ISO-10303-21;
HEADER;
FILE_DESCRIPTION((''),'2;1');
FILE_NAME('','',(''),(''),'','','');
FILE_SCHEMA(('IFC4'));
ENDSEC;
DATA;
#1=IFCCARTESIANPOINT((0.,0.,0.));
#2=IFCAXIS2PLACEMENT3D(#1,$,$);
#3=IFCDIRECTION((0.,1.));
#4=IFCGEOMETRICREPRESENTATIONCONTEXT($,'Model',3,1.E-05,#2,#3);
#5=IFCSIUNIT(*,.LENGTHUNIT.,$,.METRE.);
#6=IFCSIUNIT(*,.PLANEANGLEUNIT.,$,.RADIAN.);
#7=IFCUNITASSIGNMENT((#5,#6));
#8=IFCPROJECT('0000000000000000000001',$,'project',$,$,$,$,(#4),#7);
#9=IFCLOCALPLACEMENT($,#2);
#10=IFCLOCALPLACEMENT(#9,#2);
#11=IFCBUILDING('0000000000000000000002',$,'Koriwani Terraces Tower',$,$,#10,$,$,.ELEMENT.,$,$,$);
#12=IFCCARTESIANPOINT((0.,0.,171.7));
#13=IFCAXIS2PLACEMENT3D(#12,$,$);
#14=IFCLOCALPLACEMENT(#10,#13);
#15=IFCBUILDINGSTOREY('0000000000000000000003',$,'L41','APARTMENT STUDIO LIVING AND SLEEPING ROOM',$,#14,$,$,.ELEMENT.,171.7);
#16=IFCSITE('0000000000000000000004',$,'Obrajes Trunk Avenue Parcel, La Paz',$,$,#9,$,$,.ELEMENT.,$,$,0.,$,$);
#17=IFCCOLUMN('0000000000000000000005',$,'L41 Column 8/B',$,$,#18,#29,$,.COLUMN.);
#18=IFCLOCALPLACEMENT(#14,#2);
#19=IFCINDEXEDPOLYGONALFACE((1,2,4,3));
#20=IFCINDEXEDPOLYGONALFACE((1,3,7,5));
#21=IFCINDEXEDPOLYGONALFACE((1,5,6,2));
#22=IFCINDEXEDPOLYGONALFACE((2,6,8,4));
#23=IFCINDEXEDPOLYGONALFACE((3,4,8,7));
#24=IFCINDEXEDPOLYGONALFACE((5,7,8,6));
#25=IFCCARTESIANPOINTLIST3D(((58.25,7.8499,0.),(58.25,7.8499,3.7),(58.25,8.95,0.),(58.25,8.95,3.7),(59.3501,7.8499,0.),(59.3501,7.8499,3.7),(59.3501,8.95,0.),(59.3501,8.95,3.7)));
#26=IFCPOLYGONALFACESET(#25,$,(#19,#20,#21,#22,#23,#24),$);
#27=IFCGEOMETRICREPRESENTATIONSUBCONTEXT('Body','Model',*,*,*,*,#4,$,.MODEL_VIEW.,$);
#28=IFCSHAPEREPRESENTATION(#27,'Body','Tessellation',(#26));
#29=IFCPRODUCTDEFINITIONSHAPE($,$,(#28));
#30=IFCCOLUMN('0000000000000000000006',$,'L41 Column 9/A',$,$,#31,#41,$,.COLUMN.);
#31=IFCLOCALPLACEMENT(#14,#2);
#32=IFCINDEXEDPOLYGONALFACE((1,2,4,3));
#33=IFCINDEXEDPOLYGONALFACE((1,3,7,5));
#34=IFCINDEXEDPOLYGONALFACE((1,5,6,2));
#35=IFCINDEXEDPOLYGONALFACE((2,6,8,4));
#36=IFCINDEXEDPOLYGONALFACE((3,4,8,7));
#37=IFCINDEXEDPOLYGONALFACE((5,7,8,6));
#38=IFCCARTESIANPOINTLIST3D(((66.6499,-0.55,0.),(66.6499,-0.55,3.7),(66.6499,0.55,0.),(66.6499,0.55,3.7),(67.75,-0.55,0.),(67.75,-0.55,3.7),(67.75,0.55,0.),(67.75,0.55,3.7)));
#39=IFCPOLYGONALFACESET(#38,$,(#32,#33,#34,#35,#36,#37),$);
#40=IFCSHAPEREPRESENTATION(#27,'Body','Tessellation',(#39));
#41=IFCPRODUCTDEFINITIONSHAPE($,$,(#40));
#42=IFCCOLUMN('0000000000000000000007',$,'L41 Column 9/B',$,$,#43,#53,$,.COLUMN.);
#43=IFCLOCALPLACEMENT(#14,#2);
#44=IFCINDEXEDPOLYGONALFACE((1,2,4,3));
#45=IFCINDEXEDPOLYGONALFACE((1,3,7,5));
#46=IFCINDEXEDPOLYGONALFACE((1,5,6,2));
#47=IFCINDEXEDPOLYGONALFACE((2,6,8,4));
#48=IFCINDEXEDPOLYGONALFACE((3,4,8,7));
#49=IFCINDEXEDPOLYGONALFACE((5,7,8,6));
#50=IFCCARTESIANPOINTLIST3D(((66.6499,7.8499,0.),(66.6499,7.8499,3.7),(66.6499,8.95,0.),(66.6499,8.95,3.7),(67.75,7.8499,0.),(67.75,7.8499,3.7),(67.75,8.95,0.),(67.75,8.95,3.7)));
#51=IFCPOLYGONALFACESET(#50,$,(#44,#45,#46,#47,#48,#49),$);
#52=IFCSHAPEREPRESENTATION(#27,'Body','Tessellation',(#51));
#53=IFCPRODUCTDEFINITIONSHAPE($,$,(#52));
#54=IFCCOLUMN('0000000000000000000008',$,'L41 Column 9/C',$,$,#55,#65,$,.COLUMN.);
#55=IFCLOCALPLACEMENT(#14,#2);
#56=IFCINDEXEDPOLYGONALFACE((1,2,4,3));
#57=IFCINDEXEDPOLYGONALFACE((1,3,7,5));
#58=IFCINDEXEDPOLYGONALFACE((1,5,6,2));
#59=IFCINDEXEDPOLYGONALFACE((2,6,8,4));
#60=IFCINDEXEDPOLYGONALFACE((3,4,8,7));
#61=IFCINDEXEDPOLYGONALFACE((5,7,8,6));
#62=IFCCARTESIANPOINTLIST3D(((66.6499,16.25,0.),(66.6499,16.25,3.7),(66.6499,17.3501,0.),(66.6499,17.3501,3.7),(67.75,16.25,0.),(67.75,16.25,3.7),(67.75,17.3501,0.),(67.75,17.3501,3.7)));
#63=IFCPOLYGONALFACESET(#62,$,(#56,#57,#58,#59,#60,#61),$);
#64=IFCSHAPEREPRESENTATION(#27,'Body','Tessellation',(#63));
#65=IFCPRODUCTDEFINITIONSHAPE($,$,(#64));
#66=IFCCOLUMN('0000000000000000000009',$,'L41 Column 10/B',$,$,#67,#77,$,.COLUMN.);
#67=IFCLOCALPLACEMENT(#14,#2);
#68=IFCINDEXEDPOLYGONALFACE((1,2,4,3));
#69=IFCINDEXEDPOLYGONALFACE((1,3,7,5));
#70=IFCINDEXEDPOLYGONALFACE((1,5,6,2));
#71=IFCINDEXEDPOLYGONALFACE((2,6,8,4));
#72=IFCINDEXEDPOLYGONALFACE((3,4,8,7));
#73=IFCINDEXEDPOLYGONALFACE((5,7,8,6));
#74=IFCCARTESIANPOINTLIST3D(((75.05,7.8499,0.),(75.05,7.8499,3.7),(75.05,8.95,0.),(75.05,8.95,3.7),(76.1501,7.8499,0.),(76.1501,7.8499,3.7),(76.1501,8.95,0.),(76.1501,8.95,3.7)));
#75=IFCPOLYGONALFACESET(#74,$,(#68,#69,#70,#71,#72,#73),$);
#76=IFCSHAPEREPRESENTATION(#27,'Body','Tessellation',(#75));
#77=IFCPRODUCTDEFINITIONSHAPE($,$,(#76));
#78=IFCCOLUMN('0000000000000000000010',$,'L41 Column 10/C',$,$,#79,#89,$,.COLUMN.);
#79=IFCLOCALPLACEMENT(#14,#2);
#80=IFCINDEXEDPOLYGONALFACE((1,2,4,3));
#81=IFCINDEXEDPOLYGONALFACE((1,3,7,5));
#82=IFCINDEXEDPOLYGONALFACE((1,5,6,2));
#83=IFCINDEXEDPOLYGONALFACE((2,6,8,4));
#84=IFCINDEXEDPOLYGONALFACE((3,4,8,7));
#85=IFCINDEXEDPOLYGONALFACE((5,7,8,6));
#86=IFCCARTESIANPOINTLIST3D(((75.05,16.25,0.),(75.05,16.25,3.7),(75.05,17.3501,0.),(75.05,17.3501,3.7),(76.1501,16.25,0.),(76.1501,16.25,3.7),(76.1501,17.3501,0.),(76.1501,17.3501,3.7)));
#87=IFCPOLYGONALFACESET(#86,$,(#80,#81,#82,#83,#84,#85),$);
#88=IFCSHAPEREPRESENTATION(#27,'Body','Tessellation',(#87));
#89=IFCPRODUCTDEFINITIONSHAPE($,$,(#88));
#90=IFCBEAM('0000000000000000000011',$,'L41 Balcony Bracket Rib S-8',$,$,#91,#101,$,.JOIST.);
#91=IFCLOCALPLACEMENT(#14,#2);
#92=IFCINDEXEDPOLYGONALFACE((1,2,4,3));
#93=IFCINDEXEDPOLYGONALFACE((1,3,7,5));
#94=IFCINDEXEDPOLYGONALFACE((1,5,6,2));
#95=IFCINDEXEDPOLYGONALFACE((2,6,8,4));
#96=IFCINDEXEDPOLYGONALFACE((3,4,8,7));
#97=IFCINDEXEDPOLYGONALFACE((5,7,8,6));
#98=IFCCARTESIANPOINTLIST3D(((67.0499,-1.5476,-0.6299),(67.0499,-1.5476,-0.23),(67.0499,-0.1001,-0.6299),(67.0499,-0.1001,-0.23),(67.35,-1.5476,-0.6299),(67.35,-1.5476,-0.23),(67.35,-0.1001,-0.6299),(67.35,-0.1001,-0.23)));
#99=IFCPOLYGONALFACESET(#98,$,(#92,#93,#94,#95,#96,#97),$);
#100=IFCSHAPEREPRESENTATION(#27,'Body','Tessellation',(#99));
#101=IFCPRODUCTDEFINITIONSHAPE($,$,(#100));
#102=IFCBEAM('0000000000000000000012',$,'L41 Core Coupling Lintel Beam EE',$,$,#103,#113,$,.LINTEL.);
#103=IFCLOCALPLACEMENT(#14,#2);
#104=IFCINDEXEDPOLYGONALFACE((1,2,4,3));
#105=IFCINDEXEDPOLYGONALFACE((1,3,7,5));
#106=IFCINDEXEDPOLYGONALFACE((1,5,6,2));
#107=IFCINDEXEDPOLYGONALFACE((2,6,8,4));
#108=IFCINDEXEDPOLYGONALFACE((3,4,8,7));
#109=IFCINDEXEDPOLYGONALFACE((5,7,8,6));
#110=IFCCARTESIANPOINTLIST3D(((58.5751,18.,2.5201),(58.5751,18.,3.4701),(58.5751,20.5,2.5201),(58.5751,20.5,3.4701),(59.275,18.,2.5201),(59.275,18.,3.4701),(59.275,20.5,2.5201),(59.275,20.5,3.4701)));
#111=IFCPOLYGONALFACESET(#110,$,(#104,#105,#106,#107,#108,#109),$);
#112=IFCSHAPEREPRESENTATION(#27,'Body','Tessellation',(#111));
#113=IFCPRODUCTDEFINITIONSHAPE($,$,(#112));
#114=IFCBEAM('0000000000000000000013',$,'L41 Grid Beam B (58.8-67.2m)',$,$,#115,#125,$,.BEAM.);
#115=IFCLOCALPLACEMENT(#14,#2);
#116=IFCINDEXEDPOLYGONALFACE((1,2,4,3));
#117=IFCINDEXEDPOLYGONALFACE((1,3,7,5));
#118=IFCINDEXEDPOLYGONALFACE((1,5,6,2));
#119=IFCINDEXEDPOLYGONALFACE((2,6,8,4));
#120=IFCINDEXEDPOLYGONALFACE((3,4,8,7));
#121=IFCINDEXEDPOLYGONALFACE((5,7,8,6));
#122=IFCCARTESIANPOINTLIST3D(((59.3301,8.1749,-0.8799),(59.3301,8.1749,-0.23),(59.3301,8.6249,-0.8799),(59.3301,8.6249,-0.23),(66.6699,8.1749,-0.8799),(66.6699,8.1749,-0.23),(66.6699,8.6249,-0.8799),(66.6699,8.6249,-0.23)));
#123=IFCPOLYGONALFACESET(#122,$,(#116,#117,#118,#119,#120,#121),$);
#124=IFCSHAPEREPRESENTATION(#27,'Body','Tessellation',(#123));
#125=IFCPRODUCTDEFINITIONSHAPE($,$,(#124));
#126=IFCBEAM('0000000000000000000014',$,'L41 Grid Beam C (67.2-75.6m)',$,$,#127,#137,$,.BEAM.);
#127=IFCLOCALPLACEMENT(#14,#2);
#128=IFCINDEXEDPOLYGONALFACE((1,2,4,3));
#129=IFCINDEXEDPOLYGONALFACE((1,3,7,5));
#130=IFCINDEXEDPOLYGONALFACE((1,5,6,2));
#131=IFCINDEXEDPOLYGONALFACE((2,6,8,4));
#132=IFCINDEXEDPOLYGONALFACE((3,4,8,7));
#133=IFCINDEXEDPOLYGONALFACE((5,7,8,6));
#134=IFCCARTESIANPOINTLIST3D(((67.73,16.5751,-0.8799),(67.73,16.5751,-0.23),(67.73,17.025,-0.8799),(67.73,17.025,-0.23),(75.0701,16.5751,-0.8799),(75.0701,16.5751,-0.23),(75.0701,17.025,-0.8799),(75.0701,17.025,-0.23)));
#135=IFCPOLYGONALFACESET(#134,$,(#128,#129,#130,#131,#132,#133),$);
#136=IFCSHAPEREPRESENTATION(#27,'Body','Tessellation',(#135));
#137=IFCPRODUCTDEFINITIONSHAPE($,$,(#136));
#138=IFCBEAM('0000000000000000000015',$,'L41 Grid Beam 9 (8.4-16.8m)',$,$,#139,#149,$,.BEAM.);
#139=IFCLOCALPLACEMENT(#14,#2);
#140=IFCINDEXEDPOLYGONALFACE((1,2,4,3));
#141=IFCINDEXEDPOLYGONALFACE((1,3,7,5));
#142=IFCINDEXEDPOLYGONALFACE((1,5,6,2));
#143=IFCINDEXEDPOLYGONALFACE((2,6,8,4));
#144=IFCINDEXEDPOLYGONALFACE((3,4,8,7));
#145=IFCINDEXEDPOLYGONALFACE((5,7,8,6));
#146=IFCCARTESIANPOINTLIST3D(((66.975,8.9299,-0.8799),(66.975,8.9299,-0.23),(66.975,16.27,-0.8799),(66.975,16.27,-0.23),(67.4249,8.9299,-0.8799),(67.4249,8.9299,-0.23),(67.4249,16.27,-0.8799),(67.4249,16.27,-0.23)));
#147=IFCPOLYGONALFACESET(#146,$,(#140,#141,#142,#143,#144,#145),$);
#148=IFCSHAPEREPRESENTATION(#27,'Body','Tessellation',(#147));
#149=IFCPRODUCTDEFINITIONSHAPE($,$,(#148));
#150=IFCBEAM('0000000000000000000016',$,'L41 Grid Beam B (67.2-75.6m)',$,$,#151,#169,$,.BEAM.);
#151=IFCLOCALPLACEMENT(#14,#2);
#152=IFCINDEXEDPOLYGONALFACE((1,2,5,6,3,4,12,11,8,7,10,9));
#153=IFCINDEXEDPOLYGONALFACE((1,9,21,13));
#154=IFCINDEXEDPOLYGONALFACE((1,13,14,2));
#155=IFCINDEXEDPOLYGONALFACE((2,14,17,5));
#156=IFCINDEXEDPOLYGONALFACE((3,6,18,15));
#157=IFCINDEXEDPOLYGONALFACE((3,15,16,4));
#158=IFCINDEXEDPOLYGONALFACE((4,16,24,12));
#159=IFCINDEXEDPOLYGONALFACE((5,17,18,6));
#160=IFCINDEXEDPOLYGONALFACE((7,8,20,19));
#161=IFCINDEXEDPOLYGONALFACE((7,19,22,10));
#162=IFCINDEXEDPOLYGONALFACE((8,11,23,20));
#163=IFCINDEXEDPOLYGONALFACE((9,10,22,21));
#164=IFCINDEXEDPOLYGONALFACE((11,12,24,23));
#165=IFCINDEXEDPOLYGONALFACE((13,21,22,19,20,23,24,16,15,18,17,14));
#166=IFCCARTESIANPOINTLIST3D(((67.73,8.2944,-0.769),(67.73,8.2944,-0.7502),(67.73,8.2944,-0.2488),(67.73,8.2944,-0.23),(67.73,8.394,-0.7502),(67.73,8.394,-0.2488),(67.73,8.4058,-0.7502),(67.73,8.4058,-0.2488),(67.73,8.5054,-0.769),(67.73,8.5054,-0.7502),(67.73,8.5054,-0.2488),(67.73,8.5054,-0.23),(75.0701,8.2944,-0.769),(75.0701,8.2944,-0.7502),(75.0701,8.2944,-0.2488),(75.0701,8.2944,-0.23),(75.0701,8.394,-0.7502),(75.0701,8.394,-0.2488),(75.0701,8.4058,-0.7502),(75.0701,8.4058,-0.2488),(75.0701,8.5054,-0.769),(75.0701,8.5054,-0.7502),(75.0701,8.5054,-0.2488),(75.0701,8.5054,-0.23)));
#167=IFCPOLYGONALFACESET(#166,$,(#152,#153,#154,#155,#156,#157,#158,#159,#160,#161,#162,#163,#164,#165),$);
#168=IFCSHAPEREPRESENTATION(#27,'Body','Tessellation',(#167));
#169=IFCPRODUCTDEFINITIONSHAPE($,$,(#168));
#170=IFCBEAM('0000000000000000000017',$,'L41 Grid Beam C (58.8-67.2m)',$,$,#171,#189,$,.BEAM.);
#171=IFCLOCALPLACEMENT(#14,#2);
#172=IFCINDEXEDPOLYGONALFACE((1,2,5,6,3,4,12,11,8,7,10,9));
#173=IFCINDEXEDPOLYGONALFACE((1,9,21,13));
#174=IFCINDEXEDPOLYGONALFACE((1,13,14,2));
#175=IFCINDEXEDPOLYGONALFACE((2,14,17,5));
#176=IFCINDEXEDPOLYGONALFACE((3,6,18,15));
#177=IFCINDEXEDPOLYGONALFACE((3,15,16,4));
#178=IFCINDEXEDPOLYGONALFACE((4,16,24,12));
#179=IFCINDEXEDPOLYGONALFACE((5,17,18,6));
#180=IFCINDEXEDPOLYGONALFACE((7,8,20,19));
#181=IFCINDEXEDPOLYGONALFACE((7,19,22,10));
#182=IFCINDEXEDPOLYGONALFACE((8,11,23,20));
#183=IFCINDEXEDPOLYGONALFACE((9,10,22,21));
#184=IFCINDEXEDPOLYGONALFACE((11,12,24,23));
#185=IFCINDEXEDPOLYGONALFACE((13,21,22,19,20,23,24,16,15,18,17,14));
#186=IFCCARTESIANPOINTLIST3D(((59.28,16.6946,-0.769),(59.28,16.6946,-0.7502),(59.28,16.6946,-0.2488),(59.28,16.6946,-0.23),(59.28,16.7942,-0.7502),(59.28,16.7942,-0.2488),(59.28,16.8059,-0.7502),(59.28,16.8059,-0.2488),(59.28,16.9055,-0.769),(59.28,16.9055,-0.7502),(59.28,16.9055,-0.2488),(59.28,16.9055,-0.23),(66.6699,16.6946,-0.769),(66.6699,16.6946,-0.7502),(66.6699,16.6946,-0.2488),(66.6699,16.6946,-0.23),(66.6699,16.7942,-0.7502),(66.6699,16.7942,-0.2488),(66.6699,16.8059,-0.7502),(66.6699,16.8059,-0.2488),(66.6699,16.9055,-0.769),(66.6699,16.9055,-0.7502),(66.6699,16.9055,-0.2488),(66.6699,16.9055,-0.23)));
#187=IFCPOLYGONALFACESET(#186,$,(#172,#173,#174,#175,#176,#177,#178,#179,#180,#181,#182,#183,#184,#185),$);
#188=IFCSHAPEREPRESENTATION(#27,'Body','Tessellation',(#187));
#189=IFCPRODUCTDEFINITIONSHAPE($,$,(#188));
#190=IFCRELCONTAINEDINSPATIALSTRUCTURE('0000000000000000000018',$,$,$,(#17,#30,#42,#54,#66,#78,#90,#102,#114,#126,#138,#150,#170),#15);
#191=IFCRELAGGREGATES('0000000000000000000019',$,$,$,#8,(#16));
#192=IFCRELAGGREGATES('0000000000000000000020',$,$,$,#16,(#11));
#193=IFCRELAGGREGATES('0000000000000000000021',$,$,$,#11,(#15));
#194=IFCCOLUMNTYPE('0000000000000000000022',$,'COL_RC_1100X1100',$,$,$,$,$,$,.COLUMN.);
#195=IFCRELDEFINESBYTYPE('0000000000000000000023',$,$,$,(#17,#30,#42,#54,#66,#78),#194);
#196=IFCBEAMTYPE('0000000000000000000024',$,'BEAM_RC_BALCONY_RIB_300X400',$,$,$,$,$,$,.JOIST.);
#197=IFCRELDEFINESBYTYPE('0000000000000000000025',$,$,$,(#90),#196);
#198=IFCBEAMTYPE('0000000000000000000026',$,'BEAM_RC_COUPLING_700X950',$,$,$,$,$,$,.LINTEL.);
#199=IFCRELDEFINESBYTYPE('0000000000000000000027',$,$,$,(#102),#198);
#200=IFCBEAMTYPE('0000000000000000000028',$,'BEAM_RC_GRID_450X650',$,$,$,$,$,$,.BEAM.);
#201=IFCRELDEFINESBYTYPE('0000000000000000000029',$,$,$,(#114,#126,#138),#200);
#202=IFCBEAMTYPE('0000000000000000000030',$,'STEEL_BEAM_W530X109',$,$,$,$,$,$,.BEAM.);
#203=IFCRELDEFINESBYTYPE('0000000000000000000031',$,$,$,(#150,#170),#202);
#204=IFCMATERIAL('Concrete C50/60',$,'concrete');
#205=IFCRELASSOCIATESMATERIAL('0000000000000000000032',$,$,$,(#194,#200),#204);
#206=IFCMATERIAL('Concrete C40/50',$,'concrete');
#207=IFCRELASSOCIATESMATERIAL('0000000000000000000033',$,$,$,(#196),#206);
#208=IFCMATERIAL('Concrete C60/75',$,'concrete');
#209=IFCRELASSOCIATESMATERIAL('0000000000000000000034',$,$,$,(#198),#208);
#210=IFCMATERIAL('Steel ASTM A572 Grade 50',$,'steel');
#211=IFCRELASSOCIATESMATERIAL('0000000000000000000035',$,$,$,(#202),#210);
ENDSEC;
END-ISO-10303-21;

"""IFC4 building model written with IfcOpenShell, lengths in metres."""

from ifc_helpers import new_model, si_unit, direction, frame, origin, origin_2d, place, context, subcontext, project, spatial, rectangle, i_section, extrude, material, material_profile, profile_set, type_object, element, save


model = new_model("IFC4")

# Units and contexts
model_context = context("Model", 3, precision=1e-05, world=origin(), true_north=direction((0.0, 1.0)))
body_context = subcontext(model_context, "Body", "Model", "MODEL_VIEW")
ifc_project = project(units=[si_unit("LENGTHUNIT", "METRE"), si_unit("PLANEANGLEUNIT", "RADIAN")], contexts=[model_context])

# Site, building, storey
site_placement = place(None, origin())
site = spatial("IfcSite", under=ifc_project, at=site_placement, Name="Obrajes Trunk Avenue Parcel, La Paz", CompositionType="ELEMENT", RefElevation=0.0)
building_placement = place(site_placement, origin())
building = spatial("IfcBuilding", under=site, at=building_placement, Name="Koriwani Terraces Tower", CompositionType="ELEMENT")
storey_placement = place(building_placement, frame((0.0, 0.0, 171.7)))
storey = spatial("IfcBuildingStorey", under=building, at=storey_placement, Name="L41", Description="APARTMENT STUDIO LIVING AND SLEEPING ROOM", CompositionType="ELEMENT", Elevation=171.7)

# Columns
ifc_material_1 = material(Name="Concrete C50/60", Category="concrete")
ifc_material_profile_1 = material_profile(ifc_material_1, rectangle(XDim=1.1001, YDim=1.1001, at=origin_2d()), Name="Concrete C50/60", Category="LoadBearing")
ifc_profile_set_1 = profile_set([ifc_material_profile_1], Name="Concrete C50/60")
column_type = type_object("IfcColumnType", Name="COL_RC_1100X1100", PredefinedType="COLUMN", material=ifc_profile_set_1)
for number, where, z_axis, x_axis, name in (
    (1, (58.8, 8.3999, 0.0), (0.0, 0.0, 1.0), (1.0, 0.0, 0.0), "L41 Column 8/B"),
    (2, (67.2, 0.0, 0.0), (0.0, 0.0, 1.0), (1.0, 0.0, 0.0), "L41 Column 9/A"),
    (3, (67.2, 8.3999, 0.0), (0.0, 0.0, 1.0), (1.0, 0.0, 0.0), "L41 Column 9/B"),
    (4, (67.2, 16.8, 0.0), (0.0, 0.0, 1.0), (1.0, 0.0, 0.0), "L41 Column 9/C"),
    (5, (75.6001, 8.3999, 0.0), (0.0, 0.0, 1.0), (1.0, 0.0, 0.0), "L41 Column 10/B"),
    (6, (75.6001, 16.8, 0.0), (0.0, 0.0, 1.0), (1.0, 0.0, 0.0), "L41 Column 10/C"),
):
    element("IfcColumn", number, at=place(storey_placement, frame(where, z_axis=z_axis, x_axis=x_axis)), inside=storey, type_object=column_type, Name=name, PredefinedType="COLUMN", context=body_context, shape_type="SweptSolid", body=[
        extrude(rectangle(XDim=1.1001, YDim=1.1001, at=origin_2d()), origin(), (0.0, 0.0, 1.0), 3.7),
    ])

# Beams
ifc_material_2 = material(Name="Concrete C40/50", Category="concrete")
ifc_material_profile_2 = material_profile(ifc_material_2, rectangle(XDim=0.3, YDim=0.3999, at=origin_2d()), Name="Concrete C40/50", Category="LoadBearing")
ifc_profile_set_2 = profile_set([ifc_material_profile_2], Name="Concrete C40/50")
beam_type_1 = type_object("IfcBeamType", Name="BEAM_RC_BALCONY_RIB_300X400", PredefinedType="JOIST", material=ifc_profile_set_2)
beam_1_placement = place(storey_placement, frame((67.2, -1.5476, -0.4299), z_axis=(0.0, 1.0, 0.0), x_axis=(-1.0, 0.0, 0.0)))
element("IfcBeam", 7, at=beam_1_placement, inside=storey, type_object=beam_type_1, Name="L41 Balcony Bracket Rib S-8", PredefinedType="JOIST", context=body_context, shape_type="SweptSolid", body=[
    extrude(rectangle(XDim=0.3, YDim=0.3999, at=origin_2d()), origin(), (0.0, 0.0, 1.0), 1.4475),
])
ifc_material_3 = material(Name="Concrete C60/75", Category="concrete")
ifc_material_profile_3 = material_profile(ifc_material_3, rectangle(XDim=0.7, YDim=0.95, at=origin_2d()), Name="Concrete C60/75", Category="LoadBearing")
ifc_profile_set_3 = profile_set([ifc_material_profile_3], Name="Concrete C60/75")
beam_type_2 = type_object("IfcBeamType", Name="BEAM_RC_COUPLING_700X950", PredefinedType="LINTEL", material=ifc_profile_set_3)
beam_2_placement = place(storey_placement, frame((58.925, 18.0, 2.9951), z_axis=(0.0, 1.0, 0.0), x_axis=(-1.0, 0.0, 0.0)))
element("IfcBeam", 8, at=beam_2_placement, inside=storey, type_object=beam_type_2, Name="L41 Core Coupling Lintel Beam EE", PredefinedType="LINTEL", context=body_context, shape_type="SweptSolid", body=[
    extrude(rectangle(XDim=0.7, YDim=0.95, at=origin_2d()), origin(), (0.0, 0.0, 1.0), 2.5),
])
ifc_material_profile_4 = material_profile(ifc_material_1, rectangle(XDim=0.45, YDim=0.6499, at=origin_2d()), Name="Concrete C50/60", Category="LoadBearing")
ifc_profile_set_4 = profile_set([ifc_material_profile_4], Name="Concrete C50/60")
beam_type_3 = type_object("IfcBeamType", Name="BEAM_RC_GRID_450X650", PredefinedType="BEAM", material=ifc_profile_set_4)
beam_3_placement = place(storey_placement, frame((59.3301, 8.3999, -0.5549), z_axis=(1.0, 0.0, 0.0), x_axis=(0.0, 1.0, 0.0)))
element("IfcBeam", 9, at=beam_3_placement, inside=storey, type_object=beam_type_3, Name="L41 Grid Beam B (58.8-67.2m)", PredefinedType="BEAM", context=body_context, shape_type="SweptSolid", body=[
    extrude(rectangle(XDim=0.45, YDim=0.6499, at=origin_2d()), origin(), (0.0, 0.0, 1.0), 7.3398),
])
for number, where, z_axis, x_axis, name in (
    (10, (67.73, 16.8, -0.5549), (1.0, 0.0, 0.0), (0.0, 1.0, 0.0), "L41 Grid Beam C (67.2-75.6m)"),
    (11, (67.2, 8.9299, -0.5549), (0.0, 1.0, 0.0), (-1.0, 0.0, 0.0), "L41 Grid Beam 9 (8.4-16.8m)"),
):
    element("IfcBeam", number, at=place(storey_placement, frame(where, z_axis=z_axis, x_axis=x_axis)), inside=storey, type_object=beam_type_3, Name=name, PredefinedType="BEAM", context=body_context, shape_type="SweptSolid", body=[
        extrude(rectangle(XDim=0.45, YDim=0.6499, at=origin_2d()), origin(), (0.0, 0.0, 1.0), 7.3401),
    ])
ifc_material_4 = material(Name="Steel ASTM A572 Grade 50", Category="steel")
ifc_material_profile_5 = material_profile(ifc_material_4, i_section(OverallWidth=0.2109, OverallDepth=0.5391, WebThickness=0.0117, FlangeThickness=0.0188, at=origin_2d()), Name="Steel ASTM A572 Grade 50", Category="LoadBearing")
ifc_profile_set_5 = profile_set([ifc_material_profile_5], Name="Steel ASTM A572 Grade 50")
beam_type_4 = type_object("IfcBeamType", Name="STEEL_BEAM_W530X109", PredefinedType="BEAM", material=ifc_profile_set_5)
beam_4_placement = place(storey_placement, frame((67.73, 8.3999, -0.4995), z_axis=(1.0, 0.0, 0.0), x_axis=(0.0, 1.0, 0.0)))
element("IfcBeam", 12, at=beam_4_placement, inside=storey, type_object=beam_type_4, Name="L41 Grid Beam B (67.2-75.6m)", PredefinedType="BEAM", context=body_context, shape_type="SweptSolid", body=[
    extrude(i_section(OverallWidth=0.2109, OverallDepth=0.5391, WebThickness=0.0117, FlangeThickness=0.0188, at=origin_2d()), origin(), (0.0, 0.0, 1.0), 7.3401),
])
beam_5_placement = place(storey_placement, frame((59.28, 16.8, -0.4995), z_axis=(1.0, 0.0, 0.0), x_axis=(0.0, 1.0, 0.0)))
element("IfcBeam", 13, at=beam_5_placement, inside=storey, type_object=beam_type_4, Name="L41 Grid Beam C (58.8-67.2m)", PredefinedType="BEAM", context=body_context, shape_type="SweptSolid", body=[
    extrude(i_section(OverallWidth=0.2109, OverallDepth=0.5391, WebThickness=0.0117, FlangeThickness=0.0188, at=origin_2d()), origin(), (0.0, 0.0, 1.0), 7.3899),
])

save(model, "model.ifc")
